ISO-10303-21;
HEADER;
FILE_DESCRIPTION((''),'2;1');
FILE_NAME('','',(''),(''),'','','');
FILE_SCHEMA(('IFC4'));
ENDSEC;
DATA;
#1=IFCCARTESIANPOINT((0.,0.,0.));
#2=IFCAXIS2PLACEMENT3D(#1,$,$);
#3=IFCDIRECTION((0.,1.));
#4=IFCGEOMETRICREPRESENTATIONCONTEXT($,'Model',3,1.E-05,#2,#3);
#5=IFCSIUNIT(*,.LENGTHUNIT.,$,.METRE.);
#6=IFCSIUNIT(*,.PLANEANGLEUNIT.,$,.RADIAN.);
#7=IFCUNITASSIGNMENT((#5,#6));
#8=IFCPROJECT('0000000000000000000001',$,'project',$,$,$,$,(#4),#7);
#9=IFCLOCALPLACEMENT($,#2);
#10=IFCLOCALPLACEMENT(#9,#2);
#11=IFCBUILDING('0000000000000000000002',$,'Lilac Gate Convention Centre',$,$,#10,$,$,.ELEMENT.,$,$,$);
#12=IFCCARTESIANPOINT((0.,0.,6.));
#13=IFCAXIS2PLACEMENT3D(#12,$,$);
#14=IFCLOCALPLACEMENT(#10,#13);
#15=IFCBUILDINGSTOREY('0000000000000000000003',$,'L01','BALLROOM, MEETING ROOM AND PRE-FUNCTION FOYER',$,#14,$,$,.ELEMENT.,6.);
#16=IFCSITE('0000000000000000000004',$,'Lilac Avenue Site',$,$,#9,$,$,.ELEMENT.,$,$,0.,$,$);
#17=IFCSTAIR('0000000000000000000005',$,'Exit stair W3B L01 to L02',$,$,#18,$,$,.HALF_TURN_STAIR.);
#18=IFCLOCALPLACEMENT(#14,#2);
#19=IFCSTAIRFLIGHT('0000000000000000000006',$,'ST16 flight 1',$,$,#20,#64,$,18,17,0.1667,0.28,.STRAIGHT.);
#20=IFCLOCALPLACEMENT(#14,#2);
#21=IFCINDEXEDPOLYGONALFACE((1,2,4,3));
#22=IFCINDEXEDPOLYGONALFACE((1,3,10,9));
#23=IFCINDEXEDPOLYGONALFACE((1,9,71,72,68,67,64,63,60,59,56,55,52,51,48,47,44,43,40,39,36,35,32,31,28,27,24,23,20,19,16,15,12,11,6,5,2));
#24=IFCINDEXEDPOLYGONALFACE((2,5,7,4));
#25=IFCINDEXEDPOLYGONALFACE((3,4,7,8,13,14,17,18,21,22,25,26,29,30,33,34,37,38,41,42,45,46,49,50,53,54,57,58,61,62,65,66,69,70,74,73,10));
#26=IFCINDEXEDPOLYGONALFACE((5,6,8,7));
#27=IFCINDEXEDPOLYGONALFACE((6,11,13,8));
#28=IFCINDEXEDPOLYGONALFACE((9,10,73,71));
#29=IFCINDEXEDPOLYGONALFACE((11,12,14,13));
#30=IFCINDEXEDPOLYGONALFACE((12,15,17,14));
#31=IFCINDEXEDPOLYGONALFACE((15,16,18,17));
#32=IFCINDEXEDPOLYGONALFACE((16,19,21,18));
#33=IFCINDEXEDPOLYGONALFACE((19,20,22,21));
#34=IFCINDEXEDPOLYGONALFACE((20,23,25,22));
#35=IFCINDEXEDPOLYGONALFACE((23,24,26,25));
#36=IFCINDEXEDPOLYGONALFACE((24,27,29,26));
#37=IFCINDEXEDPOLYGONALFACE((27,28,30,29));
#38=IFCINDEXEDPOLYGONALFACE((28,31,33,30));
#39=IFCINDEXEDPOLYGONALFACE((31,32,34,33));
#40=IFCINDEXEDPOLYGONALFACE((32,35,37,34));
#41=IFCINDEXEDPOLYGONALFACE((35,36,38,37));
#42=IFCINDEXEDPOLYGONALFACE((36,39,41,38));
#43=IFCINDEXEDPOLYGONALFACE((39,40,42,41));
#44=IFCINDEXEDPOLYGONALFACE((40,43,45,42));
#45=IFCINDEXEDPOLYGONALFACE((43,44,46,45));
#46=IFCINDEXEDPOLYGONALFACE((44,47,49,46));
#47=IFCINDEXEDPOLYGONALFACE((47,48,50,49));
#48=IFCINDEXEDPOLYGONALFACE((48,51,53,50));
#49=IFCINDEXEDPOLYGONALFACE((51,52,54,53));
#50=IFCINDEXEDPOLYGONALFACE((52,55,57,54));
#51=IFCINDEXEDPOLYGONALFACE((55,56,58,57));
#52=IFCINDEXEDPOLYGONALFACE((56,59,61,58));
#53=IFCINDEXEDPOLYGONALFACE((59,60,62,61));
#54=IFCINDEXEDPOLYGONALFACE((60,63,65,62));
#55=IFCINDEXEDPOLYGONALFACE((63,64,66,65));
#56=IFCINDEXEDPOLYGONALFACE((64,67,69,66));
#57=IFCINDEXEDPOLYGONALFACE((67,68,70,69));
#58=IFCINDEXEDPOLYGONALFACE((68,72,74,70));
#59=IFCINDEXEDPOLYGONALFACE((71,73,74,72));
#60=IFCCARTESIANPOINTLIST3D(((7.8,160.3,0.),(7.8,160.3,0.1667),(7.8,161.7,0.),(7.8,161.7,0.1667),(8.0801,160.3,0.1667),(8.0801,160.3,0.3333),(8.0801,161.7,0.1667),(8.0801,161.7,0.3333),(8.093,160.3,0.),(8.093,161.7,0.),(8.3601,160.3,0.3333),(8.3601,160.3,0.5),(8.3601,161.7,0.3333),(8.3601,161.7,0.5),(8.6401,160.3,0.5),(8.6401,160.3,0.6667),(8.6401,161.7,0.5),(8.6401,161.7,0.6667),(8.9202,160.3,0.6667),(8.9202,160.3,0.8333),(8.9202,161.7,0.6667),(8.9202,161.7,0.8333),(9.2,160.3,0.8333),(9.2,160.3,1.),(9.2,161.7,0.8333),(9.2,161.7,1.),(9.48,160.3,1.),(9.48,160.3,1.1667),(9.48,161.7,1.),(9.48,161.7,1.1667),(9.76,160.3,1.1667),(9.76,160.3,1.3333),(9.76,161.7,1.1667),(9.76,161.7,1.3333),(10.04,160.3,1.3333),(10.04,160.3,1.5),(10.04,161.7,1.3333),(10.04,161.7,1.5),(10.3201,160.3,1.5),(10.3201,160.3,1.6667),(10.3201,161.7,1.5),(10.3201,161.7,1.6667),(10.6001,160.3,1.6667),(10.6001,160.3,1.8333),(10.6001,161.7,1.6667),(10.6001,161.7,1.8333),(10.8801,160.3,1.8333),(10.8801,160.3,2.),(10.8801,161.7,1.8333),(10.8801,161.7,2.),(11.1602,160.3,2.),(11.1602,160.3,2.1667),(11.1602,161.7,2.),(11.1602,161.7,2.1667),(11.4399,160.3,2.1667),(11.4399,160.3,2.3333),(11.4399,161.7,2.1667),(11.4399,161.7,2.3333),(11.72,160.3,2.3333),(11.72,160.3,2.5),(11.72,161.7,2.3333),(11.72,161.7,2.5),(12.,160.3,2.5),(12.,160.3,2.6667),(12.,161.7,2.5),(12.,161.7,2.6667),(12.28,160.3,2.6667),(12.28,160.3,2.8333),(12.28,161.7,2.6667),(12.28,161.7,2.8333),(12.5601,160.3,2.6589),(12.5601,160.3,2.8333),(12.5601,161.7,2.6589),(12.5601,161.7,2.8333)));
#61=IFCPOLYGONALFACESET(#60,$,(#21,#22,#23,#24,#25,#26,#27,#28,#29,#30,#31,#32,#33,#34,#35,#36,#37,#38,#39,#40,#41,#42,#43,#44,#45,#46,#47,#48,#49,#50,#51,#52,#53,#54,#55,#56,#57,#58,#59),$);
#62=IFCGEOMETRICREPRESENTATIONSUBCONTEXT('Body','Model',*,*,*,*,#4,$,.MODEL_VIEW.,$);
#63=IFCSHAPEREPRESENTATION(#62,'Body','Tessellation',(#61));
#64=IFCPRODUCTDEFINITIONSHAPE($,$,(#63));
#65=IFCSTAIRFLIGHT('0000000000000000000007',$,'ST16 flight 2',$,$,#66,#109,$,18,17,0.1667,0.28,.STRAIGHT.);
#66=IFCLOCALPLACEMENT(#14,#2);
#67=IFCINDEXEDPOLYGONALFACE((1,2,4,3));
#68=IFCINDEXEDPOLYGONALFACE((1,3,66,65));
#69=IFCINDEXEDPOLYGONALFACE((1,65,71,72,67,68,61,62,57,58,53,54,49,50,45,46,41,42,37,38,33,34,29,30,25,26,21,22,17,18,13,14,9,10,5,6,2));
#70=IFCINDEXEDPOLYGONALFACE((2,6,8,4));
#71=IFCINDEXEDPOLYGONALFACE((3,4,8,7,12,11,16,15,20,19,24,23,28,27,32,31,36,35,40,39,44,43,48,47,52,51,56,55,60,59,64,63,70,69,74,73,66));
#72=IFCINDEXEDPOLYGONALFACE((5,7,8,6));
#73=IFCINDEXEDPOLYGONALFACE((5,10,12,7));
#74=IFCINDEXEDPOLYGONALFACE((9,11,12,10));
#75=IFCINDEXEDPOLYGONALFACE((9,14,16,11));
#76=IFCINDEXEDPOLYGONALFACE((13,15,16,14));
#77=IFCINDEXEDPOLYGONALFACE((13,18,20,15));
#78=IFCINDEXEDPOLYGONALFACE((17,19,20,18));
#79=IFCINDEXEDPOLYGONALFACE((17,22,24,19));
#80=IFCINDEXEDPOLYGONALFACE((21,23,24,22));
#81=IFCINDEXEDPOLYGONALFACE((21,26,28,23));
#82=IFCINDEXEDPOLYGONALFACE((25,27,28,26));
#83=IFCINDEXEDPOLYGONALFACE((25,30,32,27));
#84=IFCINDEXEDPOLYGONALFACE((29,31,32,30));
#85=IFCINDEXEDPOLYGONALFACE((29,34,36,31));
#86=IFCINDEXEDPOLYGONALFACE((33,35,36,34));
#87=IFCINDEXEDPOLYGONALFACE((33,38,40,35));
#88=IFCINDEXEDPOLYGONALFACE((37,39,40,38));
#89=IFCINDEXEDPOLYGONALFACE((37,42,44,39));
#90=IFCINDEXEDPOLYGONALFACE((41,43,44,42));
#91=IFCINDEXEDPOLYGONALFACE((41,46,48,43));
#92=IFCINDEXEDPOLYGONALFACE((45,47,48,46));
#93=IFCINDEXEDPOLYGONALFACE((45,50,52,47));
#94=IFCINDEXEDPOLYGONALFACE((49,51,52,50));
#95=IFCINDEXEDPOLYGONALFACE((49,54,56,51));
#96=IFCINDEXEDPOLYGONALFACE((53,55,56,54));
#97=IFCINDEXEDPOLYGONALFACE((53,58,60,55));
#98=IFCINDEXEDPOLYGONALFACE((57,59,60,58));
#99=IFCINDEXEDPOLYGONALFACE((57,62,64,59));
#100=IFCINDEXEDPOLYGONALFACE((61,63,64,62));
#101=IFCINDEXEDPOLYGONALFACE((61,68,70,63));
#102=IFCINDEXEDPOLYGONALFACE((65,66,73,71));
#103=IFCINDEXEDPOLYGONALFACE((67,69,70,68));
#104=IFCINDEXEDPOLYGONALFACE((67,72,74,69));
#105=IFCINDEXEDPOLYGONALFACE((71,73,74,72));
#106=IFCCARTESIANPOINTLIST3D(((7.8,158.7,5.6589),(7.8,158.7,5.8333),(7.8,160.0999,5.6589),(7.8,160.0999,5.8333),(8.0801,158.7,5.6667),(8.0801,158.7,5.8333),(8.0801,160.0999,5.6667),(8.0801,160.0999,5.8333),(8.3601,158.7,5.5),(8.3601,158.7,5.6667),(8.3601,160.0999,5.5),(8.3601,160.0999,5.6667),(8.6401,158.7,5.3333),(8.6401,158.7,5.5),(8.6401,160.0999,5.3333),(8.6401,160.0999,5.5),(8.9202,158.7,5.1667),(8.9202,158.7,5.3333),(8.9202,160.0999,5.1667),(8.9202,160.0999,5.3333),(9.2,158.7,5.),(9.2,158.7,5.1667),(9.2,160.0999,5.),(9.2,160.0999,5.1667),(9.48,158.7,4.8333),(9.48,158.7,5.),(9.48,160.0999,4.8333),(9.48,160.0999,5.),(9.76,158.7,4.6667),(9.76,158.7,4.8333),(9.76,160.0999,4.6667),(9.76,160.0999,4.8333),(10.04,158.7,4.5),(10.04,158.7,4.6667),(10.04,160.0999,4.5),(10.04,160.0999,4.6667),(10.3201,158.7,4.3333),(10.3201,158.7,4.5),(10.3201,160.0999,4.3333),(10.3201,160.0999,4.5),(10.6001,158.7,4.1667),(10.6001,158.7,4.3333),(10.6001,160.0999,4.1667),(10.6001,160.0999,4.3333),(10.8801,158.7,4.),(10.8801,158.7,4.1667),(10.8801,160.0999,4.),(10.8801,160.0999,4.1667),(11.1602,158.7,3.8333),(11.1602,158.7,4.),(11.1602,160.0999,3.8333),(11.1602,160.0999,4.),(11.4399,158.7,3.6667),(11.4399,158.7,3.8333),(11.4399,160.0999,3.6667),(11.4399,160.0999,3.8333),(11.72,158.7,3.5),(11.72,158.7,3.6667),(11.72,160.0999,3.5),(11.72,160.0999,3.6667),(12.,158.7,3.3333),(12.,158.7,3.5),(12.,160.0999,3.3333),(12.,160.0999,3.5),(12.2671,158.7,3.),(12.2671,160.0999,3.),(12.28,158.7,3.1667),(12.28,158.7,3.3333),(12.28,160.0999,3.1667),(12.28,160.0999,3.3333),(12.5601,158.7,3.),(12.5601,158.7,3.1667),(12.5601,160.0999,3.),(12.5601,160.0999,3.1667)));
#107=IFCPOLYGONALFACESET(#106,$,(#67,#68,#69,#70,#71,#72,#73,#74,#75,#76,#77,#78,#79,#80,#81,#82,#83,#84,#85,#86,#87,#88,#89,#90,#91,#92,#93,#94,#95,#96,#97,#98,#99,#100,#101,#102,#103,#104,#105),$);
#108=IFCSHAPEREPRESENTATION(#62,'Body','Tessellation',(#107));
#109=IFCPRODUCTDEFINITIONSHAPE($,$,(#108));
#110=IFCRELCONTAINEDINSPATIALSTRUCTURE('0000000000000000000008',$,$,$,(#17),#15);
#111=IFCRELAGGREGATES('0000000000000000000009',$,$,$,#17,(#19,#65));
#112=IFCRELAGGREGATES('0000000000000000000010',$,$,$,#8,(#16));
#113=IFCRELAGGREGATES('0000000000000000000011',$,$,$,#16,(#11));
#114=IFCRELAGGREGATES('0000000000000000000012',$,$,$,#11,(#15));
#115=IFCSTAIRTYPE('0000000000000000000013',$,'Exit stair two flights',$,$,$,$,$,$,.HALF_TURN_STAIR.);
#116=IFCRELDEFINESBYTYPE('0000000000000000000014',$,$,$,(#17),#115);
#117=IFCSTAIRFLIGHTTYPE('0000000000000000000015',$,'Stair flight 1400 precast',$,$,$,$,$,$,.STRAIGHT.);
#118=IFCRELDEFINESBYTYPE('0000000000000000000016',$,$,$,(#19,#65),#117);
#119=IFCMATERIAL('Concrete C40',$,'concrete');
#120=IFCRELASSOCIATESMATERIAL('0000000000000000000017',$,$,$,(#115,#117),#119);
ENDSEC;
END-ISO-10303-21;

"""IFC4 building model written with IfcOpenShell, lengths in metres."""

from ifc_helpers import new_model, si_unit, direction, frame, origin, place, context, subcontext, project, spatial, polyline, outline, extrude, material, type_object, element, aggregate, save


model = new_model("IFC4")

# Units and contexts
model_context = context("Model", 3, precision=1e-05, world=origin(), true_north=direction((0.0, 1.0)))
body_context = subcontext(model_context, "Body", "Model", "MODEL_VIEW")
ifc_project = project(units=[si_unit("LENGTHUNIT", "METRE"), si_unit("PLANEANGLEUNIT", "RADIAN")], contexts=[model_context])

# Site, building, storey
site_placement = place(None, origin())
site = spatial("IfcSite", under=ifc_project, at=site_placement, Name="Lilac Avenue Site", CompositionType="ELEMENT", RefElevation=0.0)
building_placement = place(site_placement, origin())
building = spatial("IfcBuilding", under=site, at=building_placement, Name="Lilac Gate Convention Centre", CompositionType="ELEMENT")
storey_placement = place(building_placement, frame((0.0, 0.0, 6.0)))
storey = spatial("IfcBuildingStorey", under=building, at=storey_placement, Name="L01", Description="BALLROOM, MEETING ROOM AND PRE-FUNCTION FOYER", CompositionType="ELEMENT", Elevation=6.0)

# Shared definitions
ifc_material_1 = material(Name="Concrete C40", Category="concrete")

# Stair, stair flights
stair_type = type_object("IfcStairType", Name="Exit stair two flights", PredefinedType="HALF_TURN_STAIR", material=ifc_material_1)
stair_placement = place(storey_placement, origin())
stair = element("IfcStair", 1, at=stair_placement, inside=storey, type_object=stair_type, Name="Exit stair W3B L01 to L02", PredefinedType="HALF_TURN_STAIR")
stair_flight_type = type_object("IfcStairFlightType", Name="Stair flight 1400 precast", PredefinedType="STRAIGHT", material=ifc_material_1)
stair_flight_1_placement = place(storey_placement, frame((7.8, 161.0, 0.0), z_axis=(0.0, 0.0, 1.0), x_axis=(1.0, 0.0, 0.0)))
stair_flight_1 = element("IfcStairFlight", 2, at=stair_flight_1_placement, type_object=stair_flight_type, Name="ST16 flight 1", NumberOfRisers=18, NumberOfTreads=17, PredefinedType="STRAIGHT", RiserHeight=0.1667, TreadLength=0.28, context=body_context, shape_type="SweptSolid", body=[
    extrude(outline(polyline([(0.0, 0.0), (0.0, 0.1667), (0.28, 0.1667), (0.28, 0.3333), (0.5601, 0.3333), (0.5601, 0.5), (0.8401, 0.5), (0.8401, 0.6667), (1.1201, 0.6667), (1.1201, 0.8333), (1.3999, 0.8333), (1.3999, 1.0), (1.6799, 1.0), (1.6799, 1.1667), (1.96, 1.1667), (1.96, 1.3333), (2.24, 1.3333), (2.24, 1.5), (2.52, 1.5), (2.52, 1.6667), (2.8, 1.6667), (2.8, 1.8333), (3.0801, 1.8333), (3.0801, 2.0), (3.3601, 2.0), (3.3601, 2.1667), (3.6399, 2.1667), (3.6399, 2.3333), (3.9199, 2.3333), (3.9199, 2.5), (4.2, 2.5), (4.2, 2.6667), (4.48, 2.6667), (4.48, 2.8333), (4.76, 2.8333), (4.76, 3.0), (4.76, 2.6589), (0.293, 0.0), (0.0, 0.0)])), frame((0.0, 0.7, 0.0), z_axis=(0.0, -1.0, 0.0), x_axis=(1.0, 0.0, 0.0)), (0.0, 0.0, 1.0), 1.3999),
])
stair_flight_2_placement = place(storey_placement, frame((12.5601, 159.3999, 3.0), z_axis=(0.0, 0.0, 1.0), x_axis=(-1.0, 0.0, 0.0)))
stair_flight_2 = element("IfcStairFlight", 3, at=stair_flight_2_placement, type_object=stair_flight_type, Name="ST16 flight 2", NumberOfRisers=18, NumberOfTreads=17, PredefinedType="STRAIGHT", RiserHeight=0.1667, TreadLength=0.28, context=body_context, shape_type="SweptSolid", body=[
    extrude(outline(polyline([(0.0, 0.0), (0.0, 0.1667), (0.28, 0.1667), (0.28, 0.3333), (0.5601, 0.3333), (0.5601, 0.5), (0.8401, 0.5), (0.8401, 0.6667), (1.1201, 0.6667), (1.1201, 0.8333), (1.3999, 0.8333), (1.3999, 1.0), (1.6799, 1.0), (1.6799, 1.1667), (1.96, 1.1667), (1.96, 1.3333), (2.24, 1.3333), (2.24, 1.5), (2.52, 1.5), (2.52, 1.6667), (2.8, 1.6667), (2.8, 1.8333), (3.0801, 1.8333), (3.0801, 2.0), (3.3601, 2.0), (3.3601, 2.1667), (3.6399, 2.1667), (3.6399, 2.3333), (3.9199, 2.3333), (3.9199, 2.5), (4.2, 2.5), (4.2, 2.6667), (4.48, 2.6667), (4.48, 2.8333), (4.76, 2.8333), (4.76, 3.0), (4.76, 2.6589), (0.293, 0.0), (0.0, 0.0)])), frame((0.0, 0.7, 0.0), z_axis=(0.0, -1.0, 0.0), x_axis=(1.0, 0.0, 0.0)), (0.0, 0.0, 1.0), 1.3999),
])
aggregate(stair, [stair_flight_1, stair_flight_2])

save(model, "model.ifc")
